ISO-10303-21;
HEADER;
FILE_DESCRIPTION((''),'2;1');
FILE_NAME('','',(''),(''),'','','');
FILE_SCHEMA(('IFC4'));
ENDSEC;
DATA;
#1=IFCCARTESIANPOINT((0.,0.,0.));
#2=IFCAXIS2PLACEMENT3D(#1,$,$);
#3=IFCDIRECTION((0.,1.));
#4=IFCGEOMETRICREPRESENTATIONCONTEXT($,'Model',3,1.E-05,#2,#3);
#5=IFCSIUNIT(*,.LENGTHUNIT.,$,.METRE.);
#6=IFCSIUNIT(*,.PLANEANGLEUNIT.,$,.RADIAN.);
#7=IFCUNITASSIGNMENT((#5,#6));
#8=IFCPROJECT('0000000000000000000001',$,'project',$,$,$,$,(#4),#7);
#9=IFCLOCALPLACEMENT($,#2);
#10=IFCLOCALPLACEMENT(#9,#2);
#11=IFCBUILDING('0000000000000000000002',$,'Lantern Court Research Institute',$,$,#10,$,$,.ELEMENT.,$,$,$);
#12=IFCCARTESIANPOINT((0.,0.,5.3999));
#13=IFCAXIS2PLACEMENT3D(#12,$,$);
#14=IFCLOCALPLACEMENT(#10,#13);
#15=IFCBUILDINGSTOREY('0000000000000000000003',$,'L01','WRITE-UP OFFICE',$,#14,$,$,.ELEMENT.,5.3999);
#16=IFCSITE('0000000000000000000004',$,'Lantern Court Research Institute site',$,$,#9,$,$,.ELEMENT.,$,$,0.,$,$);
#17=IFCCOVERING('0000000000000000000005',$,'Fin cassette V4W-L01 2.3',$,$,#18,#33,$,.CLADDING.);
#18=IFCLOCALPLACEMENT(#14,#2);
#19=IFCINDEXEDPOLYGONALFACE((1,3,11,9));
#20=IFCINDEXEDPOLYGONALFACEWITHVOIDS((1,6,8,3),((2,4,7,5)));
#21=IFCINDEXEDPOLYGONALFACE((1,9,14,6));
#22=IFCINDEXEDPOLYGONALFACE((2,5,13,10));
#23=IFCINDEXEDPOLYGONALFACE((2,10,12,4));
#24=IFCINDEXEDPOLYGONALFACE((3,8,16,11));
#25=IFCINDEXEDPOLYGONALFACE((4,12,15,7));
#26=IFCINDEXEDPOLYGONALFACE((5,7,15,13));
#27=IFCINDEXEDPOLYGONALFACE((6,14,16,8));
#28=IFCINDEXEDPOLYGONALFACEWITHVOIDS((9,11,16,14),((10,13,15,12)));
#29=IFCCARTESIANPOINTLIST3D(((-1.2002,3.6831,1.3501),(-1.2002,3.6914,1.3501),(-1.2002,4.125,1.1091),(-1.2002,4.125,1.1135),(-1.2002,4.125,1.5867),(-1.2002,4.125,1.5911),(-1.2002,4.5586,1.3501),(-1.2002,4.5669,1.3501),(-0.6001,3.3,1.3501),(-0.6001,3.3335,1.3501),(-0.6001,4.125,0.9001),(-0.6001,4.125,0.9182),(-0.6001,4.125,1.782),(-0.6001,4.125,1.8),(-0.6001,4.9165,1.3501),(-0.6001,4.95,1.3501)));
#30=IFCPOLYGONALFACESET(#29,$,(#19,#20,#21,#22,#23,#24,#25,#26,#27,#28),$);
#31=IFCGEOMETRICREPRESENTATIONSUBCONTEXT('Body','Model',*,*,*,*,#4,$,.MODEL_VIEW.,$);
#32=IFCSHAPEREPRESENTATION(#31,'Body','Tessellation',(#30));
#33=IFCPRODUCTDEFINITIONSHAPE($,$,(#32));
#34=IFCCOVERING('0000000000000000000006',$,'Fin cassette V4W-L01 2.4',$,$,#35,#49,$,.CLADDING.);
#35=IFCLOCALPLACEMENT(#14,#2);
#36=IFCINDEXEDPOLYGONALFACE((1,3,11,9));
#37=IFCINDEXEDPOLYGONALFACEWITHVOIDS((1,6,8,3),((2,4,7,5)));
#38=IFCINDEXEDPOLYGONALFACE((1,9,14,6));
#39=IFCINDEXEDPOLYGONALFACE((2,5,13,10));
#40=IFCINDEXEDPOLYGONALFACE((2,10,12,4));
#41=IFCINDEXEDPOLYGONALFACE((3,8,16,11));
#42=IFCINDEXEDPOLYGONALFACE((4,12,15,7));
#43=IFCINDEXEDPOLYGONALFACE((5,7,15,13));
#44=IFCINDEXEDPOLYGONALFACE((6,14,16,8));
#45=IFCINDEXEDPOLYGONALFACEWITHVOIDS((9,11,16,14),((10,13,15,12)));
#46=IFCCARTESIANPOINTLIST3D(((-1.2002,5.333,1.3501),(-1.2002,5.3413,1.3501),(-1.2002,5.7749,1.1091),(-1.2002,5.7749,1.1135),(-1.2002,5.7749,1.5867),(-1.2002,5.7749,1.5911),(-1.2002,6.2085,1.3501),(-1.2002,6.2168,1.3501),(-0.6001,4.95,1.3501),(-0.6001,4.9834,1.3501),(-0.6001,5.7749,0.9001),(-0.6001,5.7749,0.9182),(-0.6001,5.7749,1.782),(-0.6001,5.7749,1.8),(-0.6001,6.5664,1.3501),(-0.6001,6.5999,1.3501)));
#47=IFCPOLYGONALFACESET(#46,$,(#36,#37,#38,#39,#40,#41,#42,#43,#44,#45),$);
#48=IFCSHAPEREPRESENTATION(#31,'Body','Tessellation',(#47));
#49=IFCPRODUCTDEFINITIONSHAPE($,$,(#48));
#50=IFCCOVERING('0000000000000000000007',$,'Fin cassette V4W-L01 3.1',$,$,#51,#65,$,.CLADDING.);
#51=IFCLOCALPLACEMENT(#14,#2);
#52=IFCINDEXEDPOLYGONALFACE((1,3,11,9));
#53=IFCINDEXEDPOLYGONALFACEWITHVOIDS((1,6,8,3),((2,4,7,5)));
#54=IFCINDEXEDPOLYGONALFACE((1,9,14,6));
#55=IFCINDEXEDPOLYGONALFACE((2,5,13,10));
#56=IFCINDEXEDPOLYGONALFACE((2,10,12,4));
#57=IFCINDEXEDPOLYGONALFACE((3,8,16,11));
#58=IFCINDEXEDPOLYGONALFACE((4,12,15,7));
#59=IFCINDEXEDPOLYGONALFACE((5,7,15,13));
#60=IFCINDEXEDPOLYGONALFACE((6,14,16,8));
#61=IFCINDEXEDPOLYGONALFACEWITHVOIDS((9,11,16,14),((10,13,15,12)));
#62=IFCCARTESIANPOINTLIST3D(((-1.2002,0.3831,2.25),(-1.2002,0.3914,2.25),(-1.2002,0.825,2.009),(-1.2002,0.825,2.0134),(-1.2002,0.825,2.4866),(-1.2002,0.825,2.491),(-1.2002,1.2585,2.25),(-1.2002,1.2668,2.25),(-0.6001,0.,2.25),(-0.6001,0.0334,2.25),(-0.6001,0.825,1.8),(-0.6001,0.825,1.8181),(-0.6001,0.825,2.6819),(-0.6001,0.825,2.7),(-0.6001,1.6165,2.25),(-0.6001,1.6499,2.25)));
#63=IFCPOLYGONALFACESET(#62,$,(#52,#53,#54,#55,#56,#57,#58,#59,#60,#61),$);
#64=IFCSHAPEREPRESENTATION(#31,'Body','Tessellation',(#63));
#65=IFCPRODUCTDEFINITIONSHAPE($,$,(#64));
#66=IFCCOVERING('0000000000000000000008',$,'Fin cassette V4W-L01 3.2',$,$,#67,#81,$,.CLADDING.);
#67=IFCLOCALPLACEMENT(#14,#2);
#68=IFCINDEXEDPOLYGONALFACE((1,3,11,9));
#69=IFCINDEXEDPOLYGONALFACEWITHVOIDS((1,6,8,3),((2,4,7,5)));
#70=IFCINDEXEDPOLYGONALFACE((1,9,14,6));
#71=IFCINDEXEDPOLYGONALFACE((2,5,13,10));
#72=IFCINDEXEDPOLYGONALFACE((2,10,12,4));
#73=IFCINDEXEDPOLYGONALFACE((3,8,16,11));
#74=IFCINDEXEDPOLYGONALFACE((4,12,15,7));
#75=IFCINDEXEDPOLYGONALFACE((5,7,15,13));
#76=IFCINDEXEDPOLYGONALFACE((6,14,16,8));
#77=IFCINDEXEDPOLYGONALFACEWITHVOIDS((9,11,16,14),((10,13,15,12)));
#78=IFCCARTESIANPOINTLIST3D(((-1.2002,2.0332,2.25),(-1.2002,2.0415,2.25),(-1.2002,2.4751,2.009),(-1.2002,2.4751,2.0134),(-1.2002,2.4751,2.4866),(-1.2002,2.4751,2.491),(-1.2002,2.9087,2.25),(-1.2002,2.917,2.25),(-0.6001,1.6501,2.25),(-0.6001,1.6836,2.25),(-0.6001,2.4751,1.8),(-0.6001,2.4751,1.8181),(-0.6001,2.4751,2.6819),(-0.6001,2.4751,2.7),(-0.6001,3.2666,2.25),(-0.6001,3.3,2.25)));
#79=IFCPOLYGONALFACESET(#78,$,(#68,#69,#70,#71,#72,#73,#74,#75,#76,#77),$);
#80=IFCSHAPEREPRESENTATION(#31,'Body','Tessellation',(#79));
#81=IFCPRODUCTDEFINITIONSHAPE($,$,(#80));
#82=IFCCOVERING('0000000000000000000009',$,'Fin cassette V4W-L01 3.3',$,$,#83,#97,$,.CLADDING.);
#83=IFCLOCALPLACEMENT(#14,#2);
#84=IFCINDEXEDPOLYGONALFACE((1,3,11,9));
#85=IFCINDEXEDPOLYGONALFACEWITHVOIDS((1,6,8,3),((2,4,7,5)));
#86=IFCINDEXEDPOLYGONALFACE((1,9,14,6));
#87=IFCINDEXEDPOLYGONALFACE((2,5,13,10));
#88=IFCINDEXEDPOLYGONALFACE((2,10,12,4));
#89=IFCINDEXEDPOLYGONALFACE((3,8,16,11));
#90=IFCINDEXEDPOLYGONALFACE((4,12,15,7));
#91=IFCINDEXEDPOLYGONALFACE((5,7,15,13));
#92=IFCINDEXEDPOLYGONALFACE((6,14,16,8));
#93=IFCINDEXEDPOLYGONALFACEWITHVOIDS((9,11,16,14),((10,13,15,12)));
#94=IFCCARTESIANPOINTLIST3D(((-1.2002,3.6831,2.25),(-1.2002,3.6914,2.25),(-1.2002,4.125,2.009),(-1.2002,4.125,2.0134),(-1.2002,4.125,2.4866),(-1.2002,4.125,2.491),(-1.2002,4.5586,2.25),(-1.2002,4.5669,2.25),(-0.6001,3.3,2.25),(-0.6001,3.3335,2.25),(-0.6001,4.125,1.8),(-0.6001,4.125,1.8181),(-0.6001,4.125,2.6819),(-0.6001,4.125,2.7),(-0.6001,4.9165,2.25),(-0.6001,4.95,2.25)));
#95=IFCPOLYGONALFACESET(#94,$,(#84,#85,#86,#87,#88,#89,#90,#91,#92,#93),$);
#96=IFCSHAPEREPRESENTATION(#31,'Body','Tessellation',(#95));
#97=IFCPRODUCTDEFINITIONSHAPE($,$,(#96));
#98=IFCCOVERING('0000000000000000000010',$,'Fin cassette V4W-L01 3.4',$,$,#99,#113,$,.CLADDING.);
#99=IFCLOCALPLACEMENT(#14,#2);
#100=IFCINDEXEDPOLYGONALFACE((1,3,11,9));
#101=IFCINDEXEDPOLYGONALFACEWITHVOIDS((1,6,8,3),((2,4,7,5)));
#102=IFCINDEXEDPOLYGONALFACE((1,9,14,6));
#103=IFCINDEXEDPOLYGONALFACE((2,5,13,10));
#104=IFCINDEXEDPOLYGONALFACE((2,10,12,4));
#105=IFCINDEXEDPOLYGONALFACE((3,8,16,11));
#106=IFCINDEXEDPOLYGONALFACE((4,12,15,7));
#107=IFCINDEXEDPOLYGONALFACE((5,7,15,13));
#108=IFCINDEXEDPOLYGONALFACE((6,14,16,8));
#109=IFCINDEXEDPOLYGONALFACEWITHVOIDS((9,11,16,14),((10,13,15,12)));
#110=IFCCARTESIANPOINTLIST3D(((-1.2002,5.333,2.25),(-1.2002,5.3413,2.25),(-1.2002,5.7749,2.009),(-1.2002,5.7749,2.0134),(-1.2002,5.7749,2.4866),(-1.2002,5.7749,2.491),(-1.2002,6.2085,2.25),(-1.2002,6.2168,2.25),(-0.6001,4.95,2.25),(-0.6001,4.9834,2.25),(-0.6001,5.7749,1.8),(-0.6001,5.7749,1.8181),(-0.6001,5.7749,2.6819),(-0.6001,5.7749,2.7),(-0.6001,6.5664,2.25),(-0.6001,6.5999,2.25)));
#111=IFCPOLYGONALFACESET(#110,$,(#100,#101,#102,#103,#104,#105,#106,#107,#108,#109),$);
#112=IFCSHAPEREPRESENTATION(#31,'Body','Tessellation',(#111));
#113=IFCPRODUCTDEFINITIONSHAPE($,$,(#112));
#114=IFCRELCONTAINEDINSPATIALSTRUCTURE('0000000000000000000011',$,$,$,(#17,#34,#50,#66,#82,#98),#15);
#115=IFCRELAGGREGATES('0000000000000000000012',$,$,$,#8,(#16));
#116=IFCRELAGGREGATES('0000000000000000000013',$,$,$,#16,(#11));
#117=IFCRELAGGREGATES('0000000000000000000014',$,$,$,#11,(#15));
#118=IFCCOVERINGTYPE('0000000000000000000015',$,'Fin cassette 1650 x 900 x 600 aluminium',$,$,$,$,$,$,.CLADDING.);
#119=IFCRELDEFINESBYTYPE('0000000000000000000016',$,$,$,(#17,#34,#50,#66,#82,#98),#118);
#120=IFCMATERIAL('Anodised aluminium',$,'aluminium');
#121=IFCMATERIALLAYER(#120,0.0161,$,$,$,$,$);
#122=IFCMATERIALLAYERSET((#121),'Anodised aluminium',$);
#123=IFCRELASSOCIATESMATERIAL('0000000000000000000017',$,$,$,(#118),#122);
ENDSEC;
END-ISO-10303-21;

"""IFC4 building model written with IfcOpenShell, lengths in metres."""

from ifc_helpers import new_model, entity, si_unit, direction, frame, origin, place, context, subcontext, project, spatial, material, layer, layer_set, type_object, element, save


model = new_model("IFC4")

# Units and contexts
model_context = context("Model", 3, precision=1e-05, world=origin(), true_north=direction((0.0, 1.0)))
body_context = subcontext(model_context, "Body", "Model", "MODEL_VIEW")
ifc_project = project(units=[si_unit("LENGTHUNIT", "METRE"), si_unit("PLANEANGLEUNIT", "RADIAN")], contexts=[model_context])

# Site, building, storey
site_placement = place(None, origin())
site = spatial("IfcSite", under=ifc_project, at=site_placement, Name="Lantern Court Research Institute site", CompositionType="ELEMENT", RefElevation=0.0)
building_placement = place(site_placement, origin())
building = spatial("IfcBuilding", under=site, at=building_placement, Name="Lantern Court Research Institute", CompositionType="ELEMENT")
storey_placement = place(building_placement, frame((0.0, 0.0, 5.3999)))
storey = spatial("IfcBuildingStorey", under=building, at=storey_placement, Name="L01", Description="WRITE-UP OFFICE", CompositionType="ELEMENT", Elevation=5.3999)

# Coverings
ifc_material_1 = material(Name="Anodised aluminium", Category="aluminium")
ifc_layer_1 = layer(ifc_material_1, 0.0161)
ifc_layer_set_1 = layer_set([ifc_layer_1], Name="Anodised aluminium")
covering_type = type_object("IfcCoveringType", Name="Fin cassette 1650 x 900 x 600 aluminium", PredefinedType="CLADDING", material=ifc_layer_set_1)
covering_1_placement = place(storey_placement, frame((-0.6001, 4.125, 1.3501), z_axis=(-1.0, 0.0, 0.0), x_axis=(0.0, -1.0, 0.0)))
cartesian_point_1 = entity("IfcCartesianPoint", [0.825, 0.0])
cartesian_point_2 = entity("IfcCartesianPoint", [0.7915, 0.0])
cartesian_point_3 = entity("IfcCartesianPoint", [0.4419, 0.0])
cartesian_point_4 = entity("IfcCartesianPoint", [0.4336, 0.0])
element("IfcCovering", 1, at=covering_1_placement, inside=storey, type_object=covering_type, Name="Fin cassette V4W-L01 2.3", PredefinedType="CLADDING", context=body_context, shape_type="SweptSolid", body=[
    entity("IfcExtrudedAreaSolidTapered", entity("IfcArbitraryProfileDefWithVoids", "AREA", None, entity("IfcPolyline", [cartesian_point_1, entity("IfcCartesianPoint", [0.0, 0.45]), entity("IfcCartesianPoint", [-0.825, 0.0]), entity("IfcCartesianPoint", [0.0, -0.45]), cartesian_point_1]), [entity("IfcPolyline", [cartesian_point_2, entity("IfcCartesianPoint", [0.0, 0.4319]), entity("IfcCartesianPoint", [-0.7915, 0.0]), entity("IfcCartesianPoint", [0.0, -0.4319]), cartesian_point_2])]), entity("IfcAxis2Placement3D", entity("IfcCartesianPoint", [0.0, 0.0, 0.0])), entity("IfcDirection", [0.0, 0.0, 1.0]), 0.6001, entity("IfcArbitraryProfileDefWithVoids", "AREA", None, entity("IfcPolyline", [cartesian_point_3, entity("IfcCartesianPoint", [0.0, 0.241]), entity("IfcCartesianPoint", [-0.4419, 0.0]), entity("IfcCartesianPoint", [0.0, -0.241]), cartesian_point_3]), [entity("IfcPolyline", [cartesian_point_4, entity("IfcCartesianPoint", [0.0, 0.2366]), entity("IfcCartesianPoint", [-0.4336, 0.0]), entity("IfcCartesianPoint", [0.0, -0.2366]), cartesian_point_4])])),
])
covering_2_placement = place(storey_placement, frame((-0.6001, 5.7749, 1.3501), z_axis=(-1.0, 0.0, 0.0), x_axis=(0.0, -1.0, 0.0)))
cartesian_point_5 = entity("IfcCartesianPoint", [0.825, 0.0])
cartesian_point_6 = entity("IfcCartesianPoint", [0.7915, 0.0])
cartesian_point_7 = entity("IfcCartesianPoint", [0.4419, 0.0])
cartesian_point_8 = entity("IfcCartesianPoint", [0.4336, 0.0])
element("IfcCovering", 2, at=covering_2_placement, inside=storey, type_object=covering_type, Name="Fin cassette V4W-L01 2.4", PredefinedType="CLADDING", context=body_context, shape_type="SweptSolid", body=[
    entity("IfcExtrudedAreaSolidTapered", entity("IfcArbitraryProfileDefWithVoids", "AREA", None, entity("IfcPolyline", [cartesian_point_5, entity("IfcCartesianPoint", [0.0, 0.45]), entity("IfcCartesianPoint", [-0.825, 0.0]), entity("IfcCartesianPoint", [0.0, -0.45]), cartesian_point_5]), [entity("IfcPolyline", [cartesian_point_6, entity("IfcCartesianPoint", [0.0, 0.4319]), entity("IfcCartesianPoint", [-0.7915, 0.0]), entity("IfcCartesianPoint", [0.0, -0.4319]), cartesian_point_6])]), entity("IfcAxis2Placement3D", entity("IfcCartesianPoint", [0.0, 0.0, 0.0])), entity("IfcDirection", [0.0, 0.0, 1.0]), 0.6001, entity("IfcArbitraryProfileDefWithVoids", "AREA", None, entity("IfcPolyline", [cartesian_point_7, entity("IfcCartesianPoint", [0.0, 0.241]), entity("IfcCartesianPoint", [-0.4419, 0.0]), entity("IfcCartesianPoint", [0.0, -0.241]), cartesian_point_7]), [entity("IfcPolyline", [cartesian_point_8, entity("IfcCartesianPoint", [0.0, 0.2366]), entity("IfcCartesianPoint", [-0.4336, 0.0]), entity("IfcCartesianPoint", [0.0, -0.2366]), cartesian_point_8])])),
])
covering_3_placement = place(storey_placement, frame((-0.6001, 0.825, 2.25), z_axis=(-1.0, 0.0, 0.0), x_axis=(0.0, -1.0, 0.0)))
cartesian_point_9 = entity("IfcCartesianPoint", [0.825, 0.0])
cartesian_point_10 = entity("IfcCartesianPoint", [0.7915, 0.0])
cartesian_point_11 = entity("IfcCartesianPoint", [0.4419, 0.0])
cartesian_point_12 = entity("IfcCartesianPoint", [0.4336, 0.0])
element("IfcCovering", 3, at=covering_3_placement, inside=storey, type_object=covering_type, Name="Fin cassette V4W-L01 3.1", PredefinedType="CLADDING", context=body_context, shape_type="SweptSolid", body=[
    entity("IfcExtrudedAreaSolidTapered", entity("IfcArbitraryProfileDefWithVoids", "AREA", None, entity("IfcPolyline", [cartesian_point_9, entity("IfcCartesianPoint", [0.0, 0.45]), entity("IfcCartesianPoint", [-0.825, 0.0]), entity("IfcCartesianPoint", [0.0, -0.45]), cartesian_point_9]), [entity("IfcPolyline", [cartesian_point_10, entity("IfcCartesianPoint", [0.0, 0.4319]), entity("IfcCartesianPoint", [-0.7915, 0.0]), entity("IfcCartesianPoint", [0.0, -0.4319]), cartesian_point_10])]), entity("IfcAxis2Placement3D", entity("IfcCartesianPoint", [0.0, 0.0, 0.0])), entity("IfcDirection", [0.0, 0.0, 1.0]), 0.6001, entity("IfcArbitraryProfileDefWithVoids", "AREA", None, entity("IfcPolyline", [cartesian_point_11, entity("IfcCartesianPoint", [0.0, 0.241]), entity("IfcCartesianPoint", [-0.4419, 0.0]), entity("IfcCartesianPoint", [0.0, -0.241]), cartesian_point_11]), [entity("IfcPolyline", [cartesian_point_12, entity("IfcCartesianPoint", [0.0, 0.2366]), entity("IfcCartesianPoint", [-0.4336, 0.0]), entity("IfcCartesianPoint", [0.0, -0.2366]), cartesian_point_12])])),
])
covering_4_placement = place(storey_placement, frame((-0.6001, 2.4751, 2.25), z_axis=(-1.0, 0.0, 0.0), x_axis=(0.0, -1.0, 0.0)))
cartesian_point_13 = entity("IfcCartesianPoint", [0.825, 0.0])
cartesian_point_14 = entity("IfcCartesianPoint", [0.7915, 0.0])
cartesian_point_15 = entity("IfcCartesianPoint", [0.4419, 0.0])
cartesian_point_16 = entity("IfcCartesianPoint", [0.4336, 0.0])
element("IfcCovering", 4, at=covering_4_placement, inside=storey, type_object=covering_type, Name="Fin cassette V4W-L01 3.2", PredefinedType="CLADDING", context=body_context, shape_type="SweptSolid", body=[
    entity("IfcExtrudedAreaSolidTapered", entity("IfcArbitraryProfileDefWithVoids", "AREA", None, entity("IfcPolyline", [cartesian_point_13, entity("IfcCartesianPoint", [0.0, 0.45]), entity("IfcCartesianPoint", [-0.825, 0.0]), entity("IfcCartesianPoint", [0.0, -0.45]), cartesian_point_13]), [entity("IfcPolyline", [cartesian_point_14, entity("IfcCartesianPoint", [0.0, 0.4319]), entity("IfcCartesianPoint", [-0.7915, 0.0]), entity("IfcCartesianPoint", [0.0, -0.4319]), cartesian_point_14])]), entity("IfcAxis2Placement3D", entity("IfcCartesianPoint", [0.0, 0.0, 0.0])), entity("IfcDirection", [0.0, 0.0, 1.0]), 0.6001, entity("IfcArbitraryProfileDefWithVoids", "AREA", None, entity("IfcPolyline", [cartesian_point_15, entity("IfcCartesianPoint", [0.0, 0.241]), entity("IfcCartesianPoint", [-0.4419, 0.0]), entity("IfcCartesianPoint", [0.0, -0.241]), cartesian_point_15]), [entity("IfcPolyline", [cartesian_point_16, entity("IfcCartesianPoint", [0.0, 0.2366]), entity("IfcCartesianPoint", [-0.4336, 0.0]), entity("IfcCartesianPoint", [0.0, -0.2366]), cartesian_point_16])])),
])
covering_5_placement = place(storey_placement, frame((-0.6001, 4.125, 2.25), z_axis=(-1.0, 0.0, 0.0), x_axis=(0.0, -1.0, 0.0)))
cartesian_point_17 = entity("IfcCartesianPoint", [0.825, 0.0])
cartesian_point_18 = entity("IfcCartesianPoint", [0.7915, 0.0])
cartesian_point_19 = entity("IfcCartesianPoint", [0.4419, 0.0])
cartesian_point_20 = entity("IfcCartesianPoint", [0.4336, 0.0])
element("IfcCovering", 5, at=covering_5_placement, inside=storey, type_object=covering_type, Name="Fin cassette V4W-L01 3.3", PredefinedType="CLADDING", context=body_context, shape_type="SweptSolid", body=[
    entity("IfcExtrudedAreaSolidTapered", entity("IfcArbitraryProfileDefWithVoids", "AREA", None, entity("IfcPolyline", [cartesian_point_17, entity("IfcCartesianPoint", [0.0, 0.45]), entity("IfcCartesianPoint", [-0.825, 0.0]), entity("IfcCartesianPoint", [0.0, -0.45]), cartesian_point_17]), [entity("IfcPolyline", [cartesian_point_18, entity("IfcCartesianPoint", [0.0, 0.4319]), entity("IfcCartesianPoint", [-0.7915, 0.0]), entity("IfcCartesianPoint", [0.0, -0.4319]), cartesian_point_18])]), entity("IfcAxis2Placement3D", entity("IfcCartesianPoint", [0.0, 0.0, 0.0])), entity("IfcDirection", [0.0, 0.0, 1.0]), 0.6001, entity("IfcArbitraryProfileDefWithVoids", "AREA", None, entity("IfcPolyline", [cartesian_point_19, entity("IfcCartesianPoint", [0.0, 0.241]), entity("IfcCartesianPoint", [-0.4419, 0.0]), entity("IfcCartesianPoint", [0.0, -0.241]), cartesian_point_19]), [entity("IfcPolyline", [cartesian_point_20, entity("IfcCartesianPoint", [0.0, 0.2366]), entity("IfcCartesianPoint", [-0.4336, 0.0]), entity("IfcCartesianPoint", [0.0, -0.2366]), cartesian_point_20])])),
])
covering_6_placement = place(storey_placement, frame((-0.6001, 5.7749, 2.25), z_axis=(-1.0, 0.0, 0.0), x_axis=(0.0, -1.0, 0.0)))
cartesian_point_21 = entity("IfcCartesianPoint", [0.825, 0.0])
cartesian_point_22 = entity("IfcCartesianPoint", [0.7915, 0.0])
cartesian_point_23 = entity("IfcCartesianPoint", [0.4419, 0.0])
cartesian_point_24 = entity("IfcCartesianPoint", [0.4336, 0.0])
element("IfcCovering", 6, at=covering_6_placement, inside=storey, type_object=covering_type, Name="Fin cassette V4W-L01 3.4", PredefinedType="CLADDING", context=body_context, shape_type="SweptSolid", body=[
    entity("IfcExtrudedAreaSolidTapered", entity("IfcArbitraryProfileDefWithVoids", "AREA", None, entity("IfcPolyline", [cartesian_point_21, entity("IfcCartesianPoint", [0.0, 0.45]), entity("IfcCartesianPoint", [-0.825, 0.0]), entity("IfcCartesianPoint", [0.0, -0.45]), cartesian_point_21]), [entity("IfcPolyline", [cartesian_point_22, entity("IfcCartesianPoint", [0.0, 0.4319]), entity("IfcCartesianPoint", [-0.7915, 0.0]), entity("IfcCartesianPoint", [0.0, -0.4319]), cartesian_point_22])]), entity("IfcAxis2Placement3D", entity("IfcCartesianPoint", [0.0, 0.0, 0.0])), entity("IfcDirection", [0.0, 0.0, 1.0]), 0.6001, entity("IfcArbitraryProfileDefWithVoids", "AREA", None, entity("IfcPolyline", [cartesian_point_23, entity("IfcCartesianPoint", [0.0, 0.241]), entity("IfcCartesianPoint", [-0.4419, 0.0]), entity("IfcCartesianPoint", [0.0, -0.241]), cartesian_point_23]), [entity("IfcPolyline", [cartesian_point_24, entity("IfcCartesianPoint", [0.0, 0.2366]), entity("IfcCartesianPoint", [-0.4336, 0.0]), entity("IfcCartesianPoint", [0.0, -0.2366]), cartesian_point_24])])),
])

save(model, "model.ifc")
